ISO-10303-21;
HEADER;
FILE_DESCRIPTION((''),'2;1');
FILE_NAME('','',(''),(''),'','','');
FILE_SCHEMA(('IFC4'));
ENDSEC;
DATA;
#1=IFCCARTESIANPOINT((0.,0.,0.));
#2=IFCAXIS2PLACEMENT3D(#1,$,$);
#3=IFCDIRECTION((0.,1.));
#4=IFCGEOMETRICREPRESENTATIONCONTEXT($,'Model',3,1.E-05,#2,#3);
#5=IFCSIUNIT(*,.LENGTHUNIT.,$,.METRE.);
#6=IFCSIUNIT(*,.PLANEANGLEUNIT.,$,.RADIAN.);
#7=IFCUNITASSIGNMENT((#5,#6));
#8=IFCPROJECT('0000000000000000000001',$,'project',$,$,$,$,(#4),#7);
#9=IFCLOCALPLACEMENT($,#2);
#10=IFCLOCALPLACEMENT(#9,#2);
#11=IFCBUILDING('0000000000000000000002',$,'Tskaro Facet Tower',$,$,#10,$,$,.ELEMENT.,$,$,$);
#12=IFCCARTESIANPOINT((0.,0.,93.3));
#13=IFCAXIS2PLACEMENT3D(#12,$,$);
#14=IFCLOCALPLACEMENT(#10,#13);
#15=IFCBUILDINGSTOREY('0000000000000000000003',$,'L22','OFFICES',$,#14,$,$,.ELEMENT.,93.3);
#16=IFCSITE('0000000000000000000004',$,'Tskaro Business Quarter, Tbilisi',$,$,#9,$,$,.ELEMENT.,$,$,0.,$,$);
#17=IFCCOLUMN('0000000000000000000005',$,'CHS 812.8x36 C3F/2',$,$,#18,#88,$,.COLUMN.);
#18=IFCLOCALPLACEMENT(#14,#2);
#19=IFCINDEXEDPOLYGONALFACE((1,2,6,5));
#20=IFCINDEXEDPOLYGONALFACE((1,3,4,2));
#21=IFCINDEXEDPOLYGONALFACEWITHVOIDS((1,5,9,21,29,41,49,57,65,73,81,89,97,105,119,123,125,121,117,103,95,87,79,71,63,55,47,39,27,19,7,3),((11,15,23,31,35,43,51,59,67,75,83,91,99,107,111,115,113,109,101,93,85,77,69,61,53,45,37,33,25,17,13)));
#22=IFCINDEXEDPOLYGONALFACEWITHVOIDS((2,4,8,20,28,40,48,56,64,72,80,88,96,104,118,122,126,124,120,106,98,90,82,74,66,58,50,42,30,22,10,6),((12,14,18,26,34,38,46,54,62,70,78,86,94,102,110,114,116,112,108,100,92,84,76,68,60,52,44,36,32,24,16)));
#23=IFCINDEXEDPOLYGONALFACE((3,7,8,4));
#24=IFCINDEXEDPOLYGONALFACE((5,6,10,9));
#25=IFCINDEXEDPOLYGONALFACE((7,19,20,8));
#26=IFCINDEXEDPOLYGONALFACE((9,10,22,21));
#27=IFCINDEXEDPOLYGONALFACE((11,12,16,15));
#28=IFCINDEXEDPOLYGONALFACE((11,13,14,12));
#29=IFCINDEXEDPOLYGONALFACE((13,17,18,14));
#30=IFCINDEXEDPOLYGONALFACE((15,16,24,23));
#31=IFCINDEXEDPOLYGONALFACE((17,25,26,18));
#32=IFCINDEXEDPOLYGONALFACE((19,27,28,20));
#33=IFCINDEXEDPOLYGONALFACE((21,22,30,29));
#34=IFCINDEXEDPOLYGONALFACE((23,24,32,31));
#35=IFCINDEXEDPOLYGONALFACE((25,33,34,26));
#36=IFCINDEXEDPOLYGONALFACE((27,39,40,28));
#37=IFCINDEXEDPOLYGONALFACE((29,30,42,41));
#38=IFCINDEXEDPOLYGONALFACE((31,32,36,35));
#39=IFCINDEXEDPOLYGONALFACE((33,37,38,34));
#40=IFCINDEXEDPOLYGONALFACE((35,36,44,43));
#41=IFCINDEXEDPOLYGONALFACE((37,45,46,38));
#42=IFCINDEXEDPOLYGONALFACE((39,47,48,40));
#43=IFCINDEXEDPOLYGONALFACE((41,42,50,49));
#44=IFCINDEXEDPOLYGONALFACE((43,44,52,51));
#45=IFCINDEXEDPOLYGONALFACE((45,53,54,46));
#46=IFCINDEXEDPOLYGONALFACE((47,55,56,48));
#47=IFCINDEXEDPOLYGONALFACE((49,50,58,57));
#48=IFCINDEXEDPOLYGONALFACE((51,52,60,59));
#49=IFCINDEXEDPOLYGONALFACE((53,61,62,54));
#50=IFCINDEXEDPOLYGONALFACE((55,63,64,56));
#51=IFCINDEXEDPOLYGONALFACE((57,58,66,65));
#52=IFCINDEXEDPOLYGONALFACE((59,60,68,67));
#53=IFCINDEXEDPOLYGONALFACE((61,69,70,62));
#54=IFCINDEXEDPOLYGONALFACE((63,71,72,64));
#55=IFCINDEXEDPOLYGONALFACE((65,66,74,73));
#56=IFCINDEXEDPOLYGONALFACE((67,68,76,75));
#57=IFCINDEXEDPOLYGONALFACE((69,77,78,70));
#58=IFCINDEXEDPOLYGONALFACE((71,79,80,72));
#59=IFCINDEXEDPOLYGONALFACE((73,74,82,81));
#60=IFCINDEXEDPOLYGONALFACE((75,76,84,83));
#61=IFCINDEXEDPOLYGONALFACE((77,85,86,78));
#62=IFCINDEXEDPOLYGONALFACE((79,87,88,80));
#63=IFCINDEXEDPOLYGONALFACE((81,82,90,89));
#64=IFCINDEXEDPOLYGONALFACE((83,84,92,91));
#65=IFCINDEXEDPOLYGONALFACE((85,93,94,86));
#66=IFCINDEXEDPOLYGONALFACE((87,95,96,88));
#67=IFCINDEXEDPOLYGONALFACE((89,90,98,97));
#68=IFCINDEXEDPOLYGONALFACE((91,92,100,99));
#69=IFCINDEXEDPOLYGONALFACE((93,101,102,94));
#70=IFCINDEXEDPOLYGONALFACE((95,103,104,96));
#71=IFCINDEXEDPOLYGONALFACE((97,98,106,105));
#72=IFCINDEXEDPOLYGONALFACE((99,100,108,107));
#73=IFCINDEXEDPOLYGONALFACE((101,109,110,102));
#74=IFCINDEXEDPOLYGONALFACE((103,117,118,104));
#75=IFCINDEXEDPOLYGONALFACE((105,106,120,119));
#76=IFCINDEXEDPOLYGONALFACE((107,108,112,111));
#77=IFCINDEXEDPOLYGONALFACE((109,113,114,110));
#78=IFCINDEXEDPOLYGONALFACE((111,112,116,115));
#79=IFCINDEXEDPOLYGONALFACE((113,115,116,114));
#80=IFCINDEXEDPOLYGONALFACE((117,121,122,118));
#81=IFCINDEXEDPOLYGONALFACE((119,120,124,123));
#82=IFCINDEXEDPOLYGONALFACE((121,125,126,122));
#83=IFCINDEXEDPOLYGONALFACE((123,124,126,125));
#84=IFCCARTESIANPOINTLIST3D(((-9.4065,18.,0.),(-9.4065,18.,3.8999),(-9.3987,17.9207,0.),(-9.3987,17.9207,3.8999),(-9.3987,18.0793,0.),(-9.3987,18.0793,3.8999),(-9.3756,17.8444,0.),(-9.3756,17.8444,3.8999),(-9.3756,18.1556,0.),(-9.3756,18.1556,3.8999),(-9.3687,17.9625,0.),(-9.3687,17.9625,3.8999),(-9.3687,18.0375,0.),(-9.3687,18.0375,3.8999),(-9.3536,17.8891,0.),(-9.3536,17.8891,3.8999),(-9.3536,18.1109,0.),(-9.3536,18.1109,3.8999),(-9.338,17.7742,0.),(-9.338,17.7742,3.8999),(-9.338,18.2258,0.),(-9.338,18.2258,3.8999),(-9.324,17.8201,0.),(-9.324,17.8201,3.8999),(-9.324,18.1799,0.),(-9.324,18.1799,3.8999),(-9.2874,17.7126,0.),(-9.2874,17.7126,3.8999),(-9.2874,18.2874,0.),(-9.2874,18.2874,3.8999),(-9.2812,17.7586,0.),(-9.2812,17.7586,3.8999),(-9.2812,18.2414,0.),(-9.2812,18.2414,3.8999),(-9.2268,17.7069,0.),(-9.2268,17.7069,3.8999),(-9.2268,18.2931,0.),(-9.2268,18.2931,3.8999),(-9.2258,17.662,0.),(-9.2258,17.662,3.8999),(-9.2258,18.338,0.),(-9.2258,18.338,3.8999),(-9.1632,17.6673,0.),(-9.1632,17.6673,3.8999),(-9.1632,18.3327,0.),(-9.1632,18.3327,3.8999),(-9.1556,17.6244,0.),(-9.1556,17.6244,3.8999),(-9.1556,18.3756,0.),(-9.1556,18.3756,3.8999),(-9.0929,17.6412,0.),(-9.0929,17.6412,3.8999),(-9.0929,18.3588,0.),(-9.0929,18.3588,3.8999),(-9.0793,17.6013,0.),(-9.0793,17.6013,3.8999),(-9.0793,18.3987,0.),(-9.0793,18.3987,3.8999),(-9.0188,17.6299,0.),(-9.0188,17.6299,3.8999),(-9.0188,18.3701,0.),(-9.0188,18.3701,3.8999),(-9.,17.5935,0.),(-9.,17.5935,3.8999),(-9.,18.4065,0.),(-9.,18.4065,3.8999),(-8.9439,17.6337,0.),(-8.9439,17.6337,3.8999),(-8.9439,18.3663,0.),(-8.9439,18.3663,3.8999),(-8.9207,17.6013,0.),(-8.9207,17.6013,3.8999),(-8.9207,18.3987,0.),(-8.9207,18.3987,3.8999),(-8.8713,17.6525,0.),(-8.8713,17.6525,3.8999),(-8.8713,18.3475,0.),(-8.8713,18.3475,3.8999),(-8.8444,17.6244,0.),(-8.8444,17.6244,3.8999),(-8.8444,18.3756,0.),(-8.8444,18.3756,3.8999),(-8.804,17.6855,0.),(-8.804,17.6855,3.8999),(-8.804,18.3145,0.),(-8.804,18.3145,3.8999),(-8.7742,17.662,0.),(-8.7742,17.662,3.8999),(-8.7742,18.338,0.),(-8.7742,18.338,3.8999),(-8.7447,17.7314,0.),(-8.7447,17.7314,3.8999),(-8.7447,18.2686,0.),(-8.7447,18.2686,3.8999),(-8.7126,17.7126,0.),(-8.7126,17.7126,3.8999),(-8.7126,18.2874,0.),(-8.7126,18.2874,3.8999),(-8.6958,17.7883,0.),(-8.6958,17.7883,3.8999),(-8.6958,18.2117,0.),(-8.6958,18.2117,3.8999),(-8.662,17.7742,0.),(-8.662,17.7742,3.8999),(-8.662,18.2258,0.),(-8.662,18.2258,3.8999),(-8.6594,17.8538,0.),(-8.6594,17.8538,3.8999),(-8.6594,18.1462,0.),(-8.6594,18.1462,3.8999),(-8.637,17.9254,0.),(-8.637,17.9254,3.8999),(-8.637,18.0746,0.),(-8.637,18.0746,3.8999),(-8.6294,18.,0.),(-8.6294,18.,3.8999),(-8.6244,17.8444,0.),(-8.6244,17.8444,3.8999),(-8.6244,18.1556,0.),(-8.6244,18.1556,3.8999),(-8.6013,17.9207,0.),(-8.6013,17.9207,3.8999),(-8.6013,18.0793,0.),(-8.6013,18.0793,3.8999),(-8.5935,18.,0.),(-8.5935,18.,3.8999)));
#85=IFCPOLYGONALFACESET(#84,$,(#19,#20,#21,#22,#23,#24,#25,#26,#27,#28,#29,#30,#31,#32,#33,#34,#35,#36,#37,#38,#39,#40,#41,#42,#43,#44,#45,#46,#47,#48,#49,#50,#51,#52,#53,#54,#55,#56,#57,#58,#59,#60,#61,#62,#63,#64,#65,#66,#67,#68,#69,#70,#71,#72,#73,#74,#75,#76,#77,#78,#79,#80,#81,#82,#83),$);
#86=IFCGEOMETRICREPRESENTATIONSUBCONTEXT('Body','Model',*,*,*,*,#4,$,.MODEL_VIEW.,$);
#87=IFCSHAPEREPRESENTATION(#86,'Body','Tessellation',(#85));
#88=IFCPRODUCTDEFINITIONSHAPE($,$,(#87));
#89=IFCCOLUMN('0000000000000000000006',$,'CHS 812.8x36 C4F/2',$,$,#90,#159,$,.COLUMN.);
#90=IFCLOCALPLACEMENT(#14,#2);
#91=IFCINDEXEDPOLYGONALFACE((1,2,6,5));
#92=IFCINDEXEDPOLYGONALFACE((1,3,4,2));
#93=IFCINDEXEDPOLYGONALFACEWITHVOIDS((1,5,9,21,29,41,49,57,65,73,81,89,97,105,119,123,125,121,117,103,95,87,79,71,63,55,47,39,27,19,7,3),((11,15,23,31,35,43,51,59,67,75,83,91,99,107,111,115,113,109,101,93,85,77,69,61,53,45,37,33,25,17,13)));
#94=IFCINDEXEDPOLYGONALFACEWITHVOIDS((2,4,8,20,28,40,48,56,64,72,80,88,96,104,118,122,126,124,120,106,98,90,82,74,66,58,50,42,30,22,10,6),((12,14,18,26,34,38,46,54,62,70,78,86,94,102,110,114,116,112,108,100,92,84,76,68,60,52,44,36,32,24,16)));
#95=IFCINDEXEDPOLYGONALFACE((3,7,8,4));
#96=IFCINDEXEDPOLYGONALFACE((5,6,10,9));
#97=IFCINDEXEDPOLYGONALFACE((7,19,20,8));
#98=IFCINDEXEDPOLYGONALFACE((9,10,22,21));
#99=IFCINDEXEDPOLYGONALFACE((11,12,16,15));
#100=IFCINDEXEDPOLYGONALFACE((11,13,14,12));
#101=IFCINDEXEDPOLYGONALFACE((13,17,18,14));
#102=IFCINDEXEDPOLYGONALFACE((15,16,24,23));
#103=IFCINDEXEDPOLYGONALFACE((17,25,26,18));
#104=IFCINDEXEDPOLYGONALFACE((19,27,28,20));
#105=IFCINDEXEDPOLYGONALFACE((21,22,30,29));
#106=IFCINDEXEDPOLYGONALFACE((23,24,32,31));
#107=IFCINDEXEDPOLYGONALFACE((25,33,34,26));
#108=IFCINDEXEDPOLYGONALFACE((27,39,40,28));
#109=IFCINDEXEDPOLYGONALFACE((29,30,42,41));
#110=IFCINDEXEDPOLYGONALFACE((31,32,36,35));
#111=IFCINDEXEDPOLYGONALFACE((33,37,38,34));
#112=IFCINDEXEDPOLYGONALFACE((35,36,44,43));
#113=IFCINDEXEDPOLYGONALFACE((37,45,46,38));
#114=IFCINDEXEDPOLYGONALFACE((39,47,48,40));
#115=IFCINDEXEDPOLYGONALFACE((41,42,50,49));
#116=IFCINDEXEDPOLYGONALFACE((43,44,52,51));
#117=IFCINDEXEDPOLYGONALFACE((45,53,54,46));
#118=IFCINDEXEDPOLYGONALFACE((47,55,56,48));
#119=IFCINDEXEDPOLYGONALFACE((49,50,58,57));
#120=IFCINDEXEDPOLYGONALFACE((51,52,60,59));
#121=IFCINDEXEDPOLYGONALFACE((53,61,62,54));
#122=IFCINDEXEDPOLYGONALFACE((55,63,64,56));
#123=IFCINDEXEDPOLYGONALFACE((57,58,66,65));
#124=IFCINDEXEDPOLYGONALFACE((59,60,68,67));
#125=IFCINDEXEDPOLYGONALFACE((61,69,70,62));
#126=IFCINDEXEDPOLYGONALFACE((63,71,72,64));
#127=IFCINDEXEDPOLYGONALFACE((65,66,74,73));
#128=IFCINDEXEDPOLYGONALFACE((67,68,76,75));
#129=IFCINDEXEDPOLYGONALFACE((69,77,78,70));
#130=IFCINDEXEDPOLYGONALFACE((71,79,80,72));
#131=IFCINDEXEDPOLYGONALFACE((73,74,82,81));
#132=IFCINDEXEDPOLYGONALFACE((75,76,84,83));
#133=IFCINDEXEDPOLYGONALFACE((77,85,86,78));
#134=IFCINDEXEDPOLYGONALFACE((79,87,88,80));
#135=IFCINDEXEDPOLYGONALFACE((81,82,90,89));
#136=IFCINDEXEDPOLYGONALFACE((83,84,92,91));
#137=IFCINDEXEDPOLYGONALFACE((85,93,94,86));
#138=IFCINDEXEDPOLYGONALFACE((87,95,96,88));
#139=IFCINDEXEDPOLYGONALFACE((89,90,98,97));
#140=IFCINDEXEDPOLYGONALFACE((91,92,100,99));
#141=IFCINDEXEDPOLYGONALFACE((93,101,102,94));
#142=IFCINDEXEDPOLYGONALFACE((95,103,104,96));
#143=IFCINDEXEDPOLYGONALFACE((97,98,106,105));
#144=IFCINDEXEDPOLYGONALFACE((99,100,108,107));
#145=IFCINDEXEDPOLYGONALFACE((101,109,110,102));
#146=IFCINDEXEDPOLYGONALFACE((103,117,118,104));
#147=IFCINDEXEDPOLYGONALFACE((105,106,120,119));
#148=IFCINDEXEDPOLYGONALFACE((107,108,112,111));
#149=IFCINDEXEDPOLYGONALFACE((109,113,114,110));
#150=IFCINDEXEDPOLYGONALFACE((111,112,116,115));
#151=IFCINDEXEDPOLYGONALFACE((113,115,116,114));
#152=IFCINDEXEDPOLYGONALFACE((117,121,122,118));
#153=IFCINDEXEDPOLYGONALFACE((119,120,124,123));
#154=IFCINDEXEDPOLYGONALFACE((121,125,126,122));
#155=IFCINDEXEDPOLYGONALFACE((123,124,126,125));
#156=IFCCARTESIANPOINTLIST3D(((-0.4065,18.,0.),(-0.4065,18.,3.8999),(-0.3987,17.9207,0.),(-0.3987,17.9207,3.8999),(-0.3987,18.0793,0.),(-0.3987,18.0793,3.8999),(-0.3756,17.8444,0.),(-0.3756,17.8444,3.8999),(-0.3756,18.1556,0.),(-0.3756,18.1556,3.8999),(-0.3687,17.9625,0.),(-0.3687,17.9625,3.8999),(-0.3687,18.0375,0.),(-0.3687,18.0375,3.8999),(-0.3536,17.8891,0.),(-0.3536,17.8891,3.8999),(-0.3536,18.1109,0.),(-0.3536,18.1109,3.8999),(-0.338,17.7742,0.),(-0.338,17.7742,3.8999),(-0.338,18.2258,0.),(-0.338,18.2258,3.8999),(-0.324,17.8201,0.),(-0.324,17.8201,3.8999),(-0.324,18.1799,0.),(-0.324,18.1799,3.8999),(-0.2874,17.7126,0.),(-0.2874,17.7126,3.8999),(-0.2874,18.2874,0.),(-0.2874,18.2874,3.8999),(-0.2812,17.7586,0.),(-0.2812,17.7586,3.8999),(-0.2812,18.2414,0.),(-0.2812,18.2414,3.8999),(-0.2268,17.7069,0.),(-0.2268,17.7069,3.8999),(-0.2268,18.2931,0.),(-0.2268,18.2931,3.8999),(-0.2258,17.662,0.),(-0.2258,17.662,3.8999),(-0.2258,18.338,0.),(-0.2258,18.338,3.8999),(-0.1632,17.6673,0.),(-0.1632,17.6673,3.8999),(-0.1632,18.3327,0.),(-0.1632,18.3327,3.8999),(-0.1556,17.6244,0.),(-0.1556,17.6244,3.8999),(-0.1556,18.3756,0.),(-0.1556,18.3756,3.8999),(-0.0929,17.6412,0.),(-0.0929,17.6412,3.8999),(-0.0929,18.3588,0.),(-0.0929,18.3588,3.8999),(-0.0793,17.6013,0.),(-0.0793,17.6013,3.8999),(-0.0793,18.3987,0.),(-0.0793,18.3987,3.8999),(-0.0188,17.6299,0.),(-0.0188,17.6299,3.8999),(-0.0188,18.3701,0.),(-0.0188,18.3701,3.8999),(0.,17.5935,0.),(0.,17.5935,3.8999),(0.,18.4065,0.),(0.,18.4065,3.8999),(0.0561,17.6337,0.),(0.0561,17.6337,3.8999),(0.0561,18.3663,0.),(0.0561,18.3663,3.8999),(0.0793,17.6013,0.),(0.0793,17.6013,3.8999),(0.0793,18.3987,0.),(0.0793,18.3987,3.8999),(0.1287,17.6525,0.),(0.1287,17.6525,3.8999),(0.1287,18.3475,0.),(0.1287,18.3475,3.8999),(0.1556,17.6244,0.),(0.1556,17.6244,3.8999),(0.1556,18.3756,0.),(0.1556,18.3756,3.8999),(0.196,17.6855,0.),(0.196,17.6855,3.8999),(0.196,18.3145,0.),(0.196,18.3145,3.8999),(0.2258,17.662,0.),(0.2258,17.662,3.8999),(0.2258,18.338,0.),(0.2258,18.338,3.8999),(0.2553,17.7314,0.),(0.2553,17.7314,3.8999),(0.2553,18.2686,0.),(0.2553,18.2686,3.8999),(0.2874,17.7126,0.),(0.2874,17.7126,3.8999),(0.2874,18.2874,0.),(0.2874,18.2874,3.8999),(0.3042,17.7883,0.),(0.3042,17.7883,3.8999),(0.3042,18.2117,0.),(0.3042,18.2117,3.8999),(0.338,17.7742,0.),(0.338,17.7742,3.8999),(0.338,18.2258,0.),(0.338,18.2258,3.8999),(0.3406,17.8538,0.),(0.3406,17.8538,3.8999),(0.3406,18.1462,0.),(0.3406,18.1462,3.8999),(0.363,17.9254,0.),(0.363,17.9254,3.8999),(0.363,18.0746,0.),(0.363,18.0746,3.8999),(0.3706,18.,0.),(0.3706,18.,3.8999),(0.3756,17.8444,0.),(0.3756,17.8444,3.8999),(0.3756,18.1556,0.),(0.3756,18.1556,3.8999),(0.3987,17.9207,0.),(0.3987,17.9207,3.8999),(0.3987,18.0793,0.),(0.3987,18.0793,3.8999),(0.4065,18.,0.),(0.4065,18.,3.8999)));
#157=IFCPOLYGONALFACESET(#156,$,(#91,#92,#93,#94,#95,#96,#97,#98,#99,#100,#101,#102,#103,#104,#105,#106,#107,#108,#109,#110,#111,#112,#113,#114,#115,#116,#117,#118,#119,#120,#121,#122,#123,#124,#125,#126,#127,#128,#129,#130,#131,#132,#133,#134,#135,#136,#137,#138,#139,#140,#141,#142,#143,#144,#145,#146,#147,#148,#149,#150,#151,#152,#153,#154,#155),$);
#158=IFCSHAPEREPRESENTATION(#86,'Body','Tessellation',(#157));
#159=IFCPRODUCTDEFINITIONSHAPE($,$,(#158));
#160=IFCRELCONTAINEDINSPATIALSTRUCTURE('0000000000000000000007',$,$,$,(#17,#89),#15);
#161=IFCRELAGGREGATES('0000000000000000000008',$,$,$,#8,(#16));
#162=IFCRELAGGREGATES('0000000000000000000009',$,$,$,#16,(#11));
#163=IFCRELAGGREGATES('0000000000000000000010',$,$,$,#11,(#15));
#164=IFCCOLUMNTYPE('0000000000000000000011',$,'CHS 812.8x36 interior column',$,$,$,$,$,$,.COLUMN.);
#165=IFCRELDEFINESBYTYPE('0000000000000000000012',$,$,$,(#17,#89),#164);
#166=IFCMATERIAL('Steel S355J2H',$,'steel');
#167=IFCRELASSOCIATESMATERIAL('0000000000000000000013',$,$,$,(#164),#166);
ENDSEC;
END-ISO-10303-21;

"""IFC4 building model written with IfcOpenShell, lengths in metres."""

from ifc_helpers import new_model, si_unit, direction, frame, origin, origin_2d, place, context, subcontext, project, spatial, hollow_circle, extrude, material, material_profile, profile_set, type_object, element, save


model = new_model("IFC4")

# Units and contexts
model_context = context("Model", 3, precision=1e-05, world=origin(), true_north=direction((0.0, 1.0)))
body_context = subcontext(model_context, "Body", "Model", "MODEL_VIEW")
ifc_project = project(units=[si_unit("LENGTHUNIT", "METRE"), si_unit("PLANEANGLEUNIT", "RADIAN")], contexts=[model_context])

# Site, building, storey
site_placement = place(None, origin())
site = spatial("IfcSite", under=ifc_project, at=site_placement, Name="Tskaro Business Quarter, Tbilisi", CompositionType="ELEMENT", RefElevation=0.0)
building_placement = place(site_placement, origin())
building = spatial("IfcBuilding", under=site, at=building_placement, Name="Tskaro Facet Tower", CompositionType="ELEMENT")
storey_placement = place(building_placement, frame((0.0, 0.0, 93.3)))
storey = spatial("IfcBuildingStorey", under=building, at=storey_placement, Name="L22", Description="OFFICES", CompositionType="ELEMENT", Elevation=93.3)

# Columns
ifc_material_1 = material(Name="Steel S355J2H", Category="steel")
ifc_material_profile_1 = material_profile(ifc_material_1, hollow_circle(Radius=0.4065, WallThickness=0.0359, at=origin_2d()), Name="CHS 812.8x36")
ifc_profile_set_1 = profile_set([ifc_material_profile_1], Name="Steel S355J2H")
column_type_1 = type_object("IfcColumnType", Name="CHS 812.8x36 interior column", PredefinedType="COLUMN", material=ifc_profile_set_1)
for number, where, z_axis, x_axis, name in (
    (1, (-9.0, 18.0, 0.0), (0.0, 0.0, 1.0), (1.0, 0.0, 0.0), "CHS 812.8x36 C3F/2"),
    (2, (0.0, 18.0, 0.0), (0.0, 0.0, 1.0), (1.0, 0.0, 0.0), "CHS 812.8x36 C4F/2"),
):
    element("IfcColumn", number, at=place(storey_placement, frame(where, z_axis=z_axis, x_axis=x_axis)), inside=storey, type_object=column_type_1, Name=name, PredefinedType="COLUMN", context=body_context, shape_type="SweptSolid", body=[
        extrude(hollow_circle(Radius=0.4065, WallThickness=0.0359, at=origin_2d()), origin(), (0.0, 0.0, 1.0), 3.8999),
    ])

save(model, "model.ifc")
